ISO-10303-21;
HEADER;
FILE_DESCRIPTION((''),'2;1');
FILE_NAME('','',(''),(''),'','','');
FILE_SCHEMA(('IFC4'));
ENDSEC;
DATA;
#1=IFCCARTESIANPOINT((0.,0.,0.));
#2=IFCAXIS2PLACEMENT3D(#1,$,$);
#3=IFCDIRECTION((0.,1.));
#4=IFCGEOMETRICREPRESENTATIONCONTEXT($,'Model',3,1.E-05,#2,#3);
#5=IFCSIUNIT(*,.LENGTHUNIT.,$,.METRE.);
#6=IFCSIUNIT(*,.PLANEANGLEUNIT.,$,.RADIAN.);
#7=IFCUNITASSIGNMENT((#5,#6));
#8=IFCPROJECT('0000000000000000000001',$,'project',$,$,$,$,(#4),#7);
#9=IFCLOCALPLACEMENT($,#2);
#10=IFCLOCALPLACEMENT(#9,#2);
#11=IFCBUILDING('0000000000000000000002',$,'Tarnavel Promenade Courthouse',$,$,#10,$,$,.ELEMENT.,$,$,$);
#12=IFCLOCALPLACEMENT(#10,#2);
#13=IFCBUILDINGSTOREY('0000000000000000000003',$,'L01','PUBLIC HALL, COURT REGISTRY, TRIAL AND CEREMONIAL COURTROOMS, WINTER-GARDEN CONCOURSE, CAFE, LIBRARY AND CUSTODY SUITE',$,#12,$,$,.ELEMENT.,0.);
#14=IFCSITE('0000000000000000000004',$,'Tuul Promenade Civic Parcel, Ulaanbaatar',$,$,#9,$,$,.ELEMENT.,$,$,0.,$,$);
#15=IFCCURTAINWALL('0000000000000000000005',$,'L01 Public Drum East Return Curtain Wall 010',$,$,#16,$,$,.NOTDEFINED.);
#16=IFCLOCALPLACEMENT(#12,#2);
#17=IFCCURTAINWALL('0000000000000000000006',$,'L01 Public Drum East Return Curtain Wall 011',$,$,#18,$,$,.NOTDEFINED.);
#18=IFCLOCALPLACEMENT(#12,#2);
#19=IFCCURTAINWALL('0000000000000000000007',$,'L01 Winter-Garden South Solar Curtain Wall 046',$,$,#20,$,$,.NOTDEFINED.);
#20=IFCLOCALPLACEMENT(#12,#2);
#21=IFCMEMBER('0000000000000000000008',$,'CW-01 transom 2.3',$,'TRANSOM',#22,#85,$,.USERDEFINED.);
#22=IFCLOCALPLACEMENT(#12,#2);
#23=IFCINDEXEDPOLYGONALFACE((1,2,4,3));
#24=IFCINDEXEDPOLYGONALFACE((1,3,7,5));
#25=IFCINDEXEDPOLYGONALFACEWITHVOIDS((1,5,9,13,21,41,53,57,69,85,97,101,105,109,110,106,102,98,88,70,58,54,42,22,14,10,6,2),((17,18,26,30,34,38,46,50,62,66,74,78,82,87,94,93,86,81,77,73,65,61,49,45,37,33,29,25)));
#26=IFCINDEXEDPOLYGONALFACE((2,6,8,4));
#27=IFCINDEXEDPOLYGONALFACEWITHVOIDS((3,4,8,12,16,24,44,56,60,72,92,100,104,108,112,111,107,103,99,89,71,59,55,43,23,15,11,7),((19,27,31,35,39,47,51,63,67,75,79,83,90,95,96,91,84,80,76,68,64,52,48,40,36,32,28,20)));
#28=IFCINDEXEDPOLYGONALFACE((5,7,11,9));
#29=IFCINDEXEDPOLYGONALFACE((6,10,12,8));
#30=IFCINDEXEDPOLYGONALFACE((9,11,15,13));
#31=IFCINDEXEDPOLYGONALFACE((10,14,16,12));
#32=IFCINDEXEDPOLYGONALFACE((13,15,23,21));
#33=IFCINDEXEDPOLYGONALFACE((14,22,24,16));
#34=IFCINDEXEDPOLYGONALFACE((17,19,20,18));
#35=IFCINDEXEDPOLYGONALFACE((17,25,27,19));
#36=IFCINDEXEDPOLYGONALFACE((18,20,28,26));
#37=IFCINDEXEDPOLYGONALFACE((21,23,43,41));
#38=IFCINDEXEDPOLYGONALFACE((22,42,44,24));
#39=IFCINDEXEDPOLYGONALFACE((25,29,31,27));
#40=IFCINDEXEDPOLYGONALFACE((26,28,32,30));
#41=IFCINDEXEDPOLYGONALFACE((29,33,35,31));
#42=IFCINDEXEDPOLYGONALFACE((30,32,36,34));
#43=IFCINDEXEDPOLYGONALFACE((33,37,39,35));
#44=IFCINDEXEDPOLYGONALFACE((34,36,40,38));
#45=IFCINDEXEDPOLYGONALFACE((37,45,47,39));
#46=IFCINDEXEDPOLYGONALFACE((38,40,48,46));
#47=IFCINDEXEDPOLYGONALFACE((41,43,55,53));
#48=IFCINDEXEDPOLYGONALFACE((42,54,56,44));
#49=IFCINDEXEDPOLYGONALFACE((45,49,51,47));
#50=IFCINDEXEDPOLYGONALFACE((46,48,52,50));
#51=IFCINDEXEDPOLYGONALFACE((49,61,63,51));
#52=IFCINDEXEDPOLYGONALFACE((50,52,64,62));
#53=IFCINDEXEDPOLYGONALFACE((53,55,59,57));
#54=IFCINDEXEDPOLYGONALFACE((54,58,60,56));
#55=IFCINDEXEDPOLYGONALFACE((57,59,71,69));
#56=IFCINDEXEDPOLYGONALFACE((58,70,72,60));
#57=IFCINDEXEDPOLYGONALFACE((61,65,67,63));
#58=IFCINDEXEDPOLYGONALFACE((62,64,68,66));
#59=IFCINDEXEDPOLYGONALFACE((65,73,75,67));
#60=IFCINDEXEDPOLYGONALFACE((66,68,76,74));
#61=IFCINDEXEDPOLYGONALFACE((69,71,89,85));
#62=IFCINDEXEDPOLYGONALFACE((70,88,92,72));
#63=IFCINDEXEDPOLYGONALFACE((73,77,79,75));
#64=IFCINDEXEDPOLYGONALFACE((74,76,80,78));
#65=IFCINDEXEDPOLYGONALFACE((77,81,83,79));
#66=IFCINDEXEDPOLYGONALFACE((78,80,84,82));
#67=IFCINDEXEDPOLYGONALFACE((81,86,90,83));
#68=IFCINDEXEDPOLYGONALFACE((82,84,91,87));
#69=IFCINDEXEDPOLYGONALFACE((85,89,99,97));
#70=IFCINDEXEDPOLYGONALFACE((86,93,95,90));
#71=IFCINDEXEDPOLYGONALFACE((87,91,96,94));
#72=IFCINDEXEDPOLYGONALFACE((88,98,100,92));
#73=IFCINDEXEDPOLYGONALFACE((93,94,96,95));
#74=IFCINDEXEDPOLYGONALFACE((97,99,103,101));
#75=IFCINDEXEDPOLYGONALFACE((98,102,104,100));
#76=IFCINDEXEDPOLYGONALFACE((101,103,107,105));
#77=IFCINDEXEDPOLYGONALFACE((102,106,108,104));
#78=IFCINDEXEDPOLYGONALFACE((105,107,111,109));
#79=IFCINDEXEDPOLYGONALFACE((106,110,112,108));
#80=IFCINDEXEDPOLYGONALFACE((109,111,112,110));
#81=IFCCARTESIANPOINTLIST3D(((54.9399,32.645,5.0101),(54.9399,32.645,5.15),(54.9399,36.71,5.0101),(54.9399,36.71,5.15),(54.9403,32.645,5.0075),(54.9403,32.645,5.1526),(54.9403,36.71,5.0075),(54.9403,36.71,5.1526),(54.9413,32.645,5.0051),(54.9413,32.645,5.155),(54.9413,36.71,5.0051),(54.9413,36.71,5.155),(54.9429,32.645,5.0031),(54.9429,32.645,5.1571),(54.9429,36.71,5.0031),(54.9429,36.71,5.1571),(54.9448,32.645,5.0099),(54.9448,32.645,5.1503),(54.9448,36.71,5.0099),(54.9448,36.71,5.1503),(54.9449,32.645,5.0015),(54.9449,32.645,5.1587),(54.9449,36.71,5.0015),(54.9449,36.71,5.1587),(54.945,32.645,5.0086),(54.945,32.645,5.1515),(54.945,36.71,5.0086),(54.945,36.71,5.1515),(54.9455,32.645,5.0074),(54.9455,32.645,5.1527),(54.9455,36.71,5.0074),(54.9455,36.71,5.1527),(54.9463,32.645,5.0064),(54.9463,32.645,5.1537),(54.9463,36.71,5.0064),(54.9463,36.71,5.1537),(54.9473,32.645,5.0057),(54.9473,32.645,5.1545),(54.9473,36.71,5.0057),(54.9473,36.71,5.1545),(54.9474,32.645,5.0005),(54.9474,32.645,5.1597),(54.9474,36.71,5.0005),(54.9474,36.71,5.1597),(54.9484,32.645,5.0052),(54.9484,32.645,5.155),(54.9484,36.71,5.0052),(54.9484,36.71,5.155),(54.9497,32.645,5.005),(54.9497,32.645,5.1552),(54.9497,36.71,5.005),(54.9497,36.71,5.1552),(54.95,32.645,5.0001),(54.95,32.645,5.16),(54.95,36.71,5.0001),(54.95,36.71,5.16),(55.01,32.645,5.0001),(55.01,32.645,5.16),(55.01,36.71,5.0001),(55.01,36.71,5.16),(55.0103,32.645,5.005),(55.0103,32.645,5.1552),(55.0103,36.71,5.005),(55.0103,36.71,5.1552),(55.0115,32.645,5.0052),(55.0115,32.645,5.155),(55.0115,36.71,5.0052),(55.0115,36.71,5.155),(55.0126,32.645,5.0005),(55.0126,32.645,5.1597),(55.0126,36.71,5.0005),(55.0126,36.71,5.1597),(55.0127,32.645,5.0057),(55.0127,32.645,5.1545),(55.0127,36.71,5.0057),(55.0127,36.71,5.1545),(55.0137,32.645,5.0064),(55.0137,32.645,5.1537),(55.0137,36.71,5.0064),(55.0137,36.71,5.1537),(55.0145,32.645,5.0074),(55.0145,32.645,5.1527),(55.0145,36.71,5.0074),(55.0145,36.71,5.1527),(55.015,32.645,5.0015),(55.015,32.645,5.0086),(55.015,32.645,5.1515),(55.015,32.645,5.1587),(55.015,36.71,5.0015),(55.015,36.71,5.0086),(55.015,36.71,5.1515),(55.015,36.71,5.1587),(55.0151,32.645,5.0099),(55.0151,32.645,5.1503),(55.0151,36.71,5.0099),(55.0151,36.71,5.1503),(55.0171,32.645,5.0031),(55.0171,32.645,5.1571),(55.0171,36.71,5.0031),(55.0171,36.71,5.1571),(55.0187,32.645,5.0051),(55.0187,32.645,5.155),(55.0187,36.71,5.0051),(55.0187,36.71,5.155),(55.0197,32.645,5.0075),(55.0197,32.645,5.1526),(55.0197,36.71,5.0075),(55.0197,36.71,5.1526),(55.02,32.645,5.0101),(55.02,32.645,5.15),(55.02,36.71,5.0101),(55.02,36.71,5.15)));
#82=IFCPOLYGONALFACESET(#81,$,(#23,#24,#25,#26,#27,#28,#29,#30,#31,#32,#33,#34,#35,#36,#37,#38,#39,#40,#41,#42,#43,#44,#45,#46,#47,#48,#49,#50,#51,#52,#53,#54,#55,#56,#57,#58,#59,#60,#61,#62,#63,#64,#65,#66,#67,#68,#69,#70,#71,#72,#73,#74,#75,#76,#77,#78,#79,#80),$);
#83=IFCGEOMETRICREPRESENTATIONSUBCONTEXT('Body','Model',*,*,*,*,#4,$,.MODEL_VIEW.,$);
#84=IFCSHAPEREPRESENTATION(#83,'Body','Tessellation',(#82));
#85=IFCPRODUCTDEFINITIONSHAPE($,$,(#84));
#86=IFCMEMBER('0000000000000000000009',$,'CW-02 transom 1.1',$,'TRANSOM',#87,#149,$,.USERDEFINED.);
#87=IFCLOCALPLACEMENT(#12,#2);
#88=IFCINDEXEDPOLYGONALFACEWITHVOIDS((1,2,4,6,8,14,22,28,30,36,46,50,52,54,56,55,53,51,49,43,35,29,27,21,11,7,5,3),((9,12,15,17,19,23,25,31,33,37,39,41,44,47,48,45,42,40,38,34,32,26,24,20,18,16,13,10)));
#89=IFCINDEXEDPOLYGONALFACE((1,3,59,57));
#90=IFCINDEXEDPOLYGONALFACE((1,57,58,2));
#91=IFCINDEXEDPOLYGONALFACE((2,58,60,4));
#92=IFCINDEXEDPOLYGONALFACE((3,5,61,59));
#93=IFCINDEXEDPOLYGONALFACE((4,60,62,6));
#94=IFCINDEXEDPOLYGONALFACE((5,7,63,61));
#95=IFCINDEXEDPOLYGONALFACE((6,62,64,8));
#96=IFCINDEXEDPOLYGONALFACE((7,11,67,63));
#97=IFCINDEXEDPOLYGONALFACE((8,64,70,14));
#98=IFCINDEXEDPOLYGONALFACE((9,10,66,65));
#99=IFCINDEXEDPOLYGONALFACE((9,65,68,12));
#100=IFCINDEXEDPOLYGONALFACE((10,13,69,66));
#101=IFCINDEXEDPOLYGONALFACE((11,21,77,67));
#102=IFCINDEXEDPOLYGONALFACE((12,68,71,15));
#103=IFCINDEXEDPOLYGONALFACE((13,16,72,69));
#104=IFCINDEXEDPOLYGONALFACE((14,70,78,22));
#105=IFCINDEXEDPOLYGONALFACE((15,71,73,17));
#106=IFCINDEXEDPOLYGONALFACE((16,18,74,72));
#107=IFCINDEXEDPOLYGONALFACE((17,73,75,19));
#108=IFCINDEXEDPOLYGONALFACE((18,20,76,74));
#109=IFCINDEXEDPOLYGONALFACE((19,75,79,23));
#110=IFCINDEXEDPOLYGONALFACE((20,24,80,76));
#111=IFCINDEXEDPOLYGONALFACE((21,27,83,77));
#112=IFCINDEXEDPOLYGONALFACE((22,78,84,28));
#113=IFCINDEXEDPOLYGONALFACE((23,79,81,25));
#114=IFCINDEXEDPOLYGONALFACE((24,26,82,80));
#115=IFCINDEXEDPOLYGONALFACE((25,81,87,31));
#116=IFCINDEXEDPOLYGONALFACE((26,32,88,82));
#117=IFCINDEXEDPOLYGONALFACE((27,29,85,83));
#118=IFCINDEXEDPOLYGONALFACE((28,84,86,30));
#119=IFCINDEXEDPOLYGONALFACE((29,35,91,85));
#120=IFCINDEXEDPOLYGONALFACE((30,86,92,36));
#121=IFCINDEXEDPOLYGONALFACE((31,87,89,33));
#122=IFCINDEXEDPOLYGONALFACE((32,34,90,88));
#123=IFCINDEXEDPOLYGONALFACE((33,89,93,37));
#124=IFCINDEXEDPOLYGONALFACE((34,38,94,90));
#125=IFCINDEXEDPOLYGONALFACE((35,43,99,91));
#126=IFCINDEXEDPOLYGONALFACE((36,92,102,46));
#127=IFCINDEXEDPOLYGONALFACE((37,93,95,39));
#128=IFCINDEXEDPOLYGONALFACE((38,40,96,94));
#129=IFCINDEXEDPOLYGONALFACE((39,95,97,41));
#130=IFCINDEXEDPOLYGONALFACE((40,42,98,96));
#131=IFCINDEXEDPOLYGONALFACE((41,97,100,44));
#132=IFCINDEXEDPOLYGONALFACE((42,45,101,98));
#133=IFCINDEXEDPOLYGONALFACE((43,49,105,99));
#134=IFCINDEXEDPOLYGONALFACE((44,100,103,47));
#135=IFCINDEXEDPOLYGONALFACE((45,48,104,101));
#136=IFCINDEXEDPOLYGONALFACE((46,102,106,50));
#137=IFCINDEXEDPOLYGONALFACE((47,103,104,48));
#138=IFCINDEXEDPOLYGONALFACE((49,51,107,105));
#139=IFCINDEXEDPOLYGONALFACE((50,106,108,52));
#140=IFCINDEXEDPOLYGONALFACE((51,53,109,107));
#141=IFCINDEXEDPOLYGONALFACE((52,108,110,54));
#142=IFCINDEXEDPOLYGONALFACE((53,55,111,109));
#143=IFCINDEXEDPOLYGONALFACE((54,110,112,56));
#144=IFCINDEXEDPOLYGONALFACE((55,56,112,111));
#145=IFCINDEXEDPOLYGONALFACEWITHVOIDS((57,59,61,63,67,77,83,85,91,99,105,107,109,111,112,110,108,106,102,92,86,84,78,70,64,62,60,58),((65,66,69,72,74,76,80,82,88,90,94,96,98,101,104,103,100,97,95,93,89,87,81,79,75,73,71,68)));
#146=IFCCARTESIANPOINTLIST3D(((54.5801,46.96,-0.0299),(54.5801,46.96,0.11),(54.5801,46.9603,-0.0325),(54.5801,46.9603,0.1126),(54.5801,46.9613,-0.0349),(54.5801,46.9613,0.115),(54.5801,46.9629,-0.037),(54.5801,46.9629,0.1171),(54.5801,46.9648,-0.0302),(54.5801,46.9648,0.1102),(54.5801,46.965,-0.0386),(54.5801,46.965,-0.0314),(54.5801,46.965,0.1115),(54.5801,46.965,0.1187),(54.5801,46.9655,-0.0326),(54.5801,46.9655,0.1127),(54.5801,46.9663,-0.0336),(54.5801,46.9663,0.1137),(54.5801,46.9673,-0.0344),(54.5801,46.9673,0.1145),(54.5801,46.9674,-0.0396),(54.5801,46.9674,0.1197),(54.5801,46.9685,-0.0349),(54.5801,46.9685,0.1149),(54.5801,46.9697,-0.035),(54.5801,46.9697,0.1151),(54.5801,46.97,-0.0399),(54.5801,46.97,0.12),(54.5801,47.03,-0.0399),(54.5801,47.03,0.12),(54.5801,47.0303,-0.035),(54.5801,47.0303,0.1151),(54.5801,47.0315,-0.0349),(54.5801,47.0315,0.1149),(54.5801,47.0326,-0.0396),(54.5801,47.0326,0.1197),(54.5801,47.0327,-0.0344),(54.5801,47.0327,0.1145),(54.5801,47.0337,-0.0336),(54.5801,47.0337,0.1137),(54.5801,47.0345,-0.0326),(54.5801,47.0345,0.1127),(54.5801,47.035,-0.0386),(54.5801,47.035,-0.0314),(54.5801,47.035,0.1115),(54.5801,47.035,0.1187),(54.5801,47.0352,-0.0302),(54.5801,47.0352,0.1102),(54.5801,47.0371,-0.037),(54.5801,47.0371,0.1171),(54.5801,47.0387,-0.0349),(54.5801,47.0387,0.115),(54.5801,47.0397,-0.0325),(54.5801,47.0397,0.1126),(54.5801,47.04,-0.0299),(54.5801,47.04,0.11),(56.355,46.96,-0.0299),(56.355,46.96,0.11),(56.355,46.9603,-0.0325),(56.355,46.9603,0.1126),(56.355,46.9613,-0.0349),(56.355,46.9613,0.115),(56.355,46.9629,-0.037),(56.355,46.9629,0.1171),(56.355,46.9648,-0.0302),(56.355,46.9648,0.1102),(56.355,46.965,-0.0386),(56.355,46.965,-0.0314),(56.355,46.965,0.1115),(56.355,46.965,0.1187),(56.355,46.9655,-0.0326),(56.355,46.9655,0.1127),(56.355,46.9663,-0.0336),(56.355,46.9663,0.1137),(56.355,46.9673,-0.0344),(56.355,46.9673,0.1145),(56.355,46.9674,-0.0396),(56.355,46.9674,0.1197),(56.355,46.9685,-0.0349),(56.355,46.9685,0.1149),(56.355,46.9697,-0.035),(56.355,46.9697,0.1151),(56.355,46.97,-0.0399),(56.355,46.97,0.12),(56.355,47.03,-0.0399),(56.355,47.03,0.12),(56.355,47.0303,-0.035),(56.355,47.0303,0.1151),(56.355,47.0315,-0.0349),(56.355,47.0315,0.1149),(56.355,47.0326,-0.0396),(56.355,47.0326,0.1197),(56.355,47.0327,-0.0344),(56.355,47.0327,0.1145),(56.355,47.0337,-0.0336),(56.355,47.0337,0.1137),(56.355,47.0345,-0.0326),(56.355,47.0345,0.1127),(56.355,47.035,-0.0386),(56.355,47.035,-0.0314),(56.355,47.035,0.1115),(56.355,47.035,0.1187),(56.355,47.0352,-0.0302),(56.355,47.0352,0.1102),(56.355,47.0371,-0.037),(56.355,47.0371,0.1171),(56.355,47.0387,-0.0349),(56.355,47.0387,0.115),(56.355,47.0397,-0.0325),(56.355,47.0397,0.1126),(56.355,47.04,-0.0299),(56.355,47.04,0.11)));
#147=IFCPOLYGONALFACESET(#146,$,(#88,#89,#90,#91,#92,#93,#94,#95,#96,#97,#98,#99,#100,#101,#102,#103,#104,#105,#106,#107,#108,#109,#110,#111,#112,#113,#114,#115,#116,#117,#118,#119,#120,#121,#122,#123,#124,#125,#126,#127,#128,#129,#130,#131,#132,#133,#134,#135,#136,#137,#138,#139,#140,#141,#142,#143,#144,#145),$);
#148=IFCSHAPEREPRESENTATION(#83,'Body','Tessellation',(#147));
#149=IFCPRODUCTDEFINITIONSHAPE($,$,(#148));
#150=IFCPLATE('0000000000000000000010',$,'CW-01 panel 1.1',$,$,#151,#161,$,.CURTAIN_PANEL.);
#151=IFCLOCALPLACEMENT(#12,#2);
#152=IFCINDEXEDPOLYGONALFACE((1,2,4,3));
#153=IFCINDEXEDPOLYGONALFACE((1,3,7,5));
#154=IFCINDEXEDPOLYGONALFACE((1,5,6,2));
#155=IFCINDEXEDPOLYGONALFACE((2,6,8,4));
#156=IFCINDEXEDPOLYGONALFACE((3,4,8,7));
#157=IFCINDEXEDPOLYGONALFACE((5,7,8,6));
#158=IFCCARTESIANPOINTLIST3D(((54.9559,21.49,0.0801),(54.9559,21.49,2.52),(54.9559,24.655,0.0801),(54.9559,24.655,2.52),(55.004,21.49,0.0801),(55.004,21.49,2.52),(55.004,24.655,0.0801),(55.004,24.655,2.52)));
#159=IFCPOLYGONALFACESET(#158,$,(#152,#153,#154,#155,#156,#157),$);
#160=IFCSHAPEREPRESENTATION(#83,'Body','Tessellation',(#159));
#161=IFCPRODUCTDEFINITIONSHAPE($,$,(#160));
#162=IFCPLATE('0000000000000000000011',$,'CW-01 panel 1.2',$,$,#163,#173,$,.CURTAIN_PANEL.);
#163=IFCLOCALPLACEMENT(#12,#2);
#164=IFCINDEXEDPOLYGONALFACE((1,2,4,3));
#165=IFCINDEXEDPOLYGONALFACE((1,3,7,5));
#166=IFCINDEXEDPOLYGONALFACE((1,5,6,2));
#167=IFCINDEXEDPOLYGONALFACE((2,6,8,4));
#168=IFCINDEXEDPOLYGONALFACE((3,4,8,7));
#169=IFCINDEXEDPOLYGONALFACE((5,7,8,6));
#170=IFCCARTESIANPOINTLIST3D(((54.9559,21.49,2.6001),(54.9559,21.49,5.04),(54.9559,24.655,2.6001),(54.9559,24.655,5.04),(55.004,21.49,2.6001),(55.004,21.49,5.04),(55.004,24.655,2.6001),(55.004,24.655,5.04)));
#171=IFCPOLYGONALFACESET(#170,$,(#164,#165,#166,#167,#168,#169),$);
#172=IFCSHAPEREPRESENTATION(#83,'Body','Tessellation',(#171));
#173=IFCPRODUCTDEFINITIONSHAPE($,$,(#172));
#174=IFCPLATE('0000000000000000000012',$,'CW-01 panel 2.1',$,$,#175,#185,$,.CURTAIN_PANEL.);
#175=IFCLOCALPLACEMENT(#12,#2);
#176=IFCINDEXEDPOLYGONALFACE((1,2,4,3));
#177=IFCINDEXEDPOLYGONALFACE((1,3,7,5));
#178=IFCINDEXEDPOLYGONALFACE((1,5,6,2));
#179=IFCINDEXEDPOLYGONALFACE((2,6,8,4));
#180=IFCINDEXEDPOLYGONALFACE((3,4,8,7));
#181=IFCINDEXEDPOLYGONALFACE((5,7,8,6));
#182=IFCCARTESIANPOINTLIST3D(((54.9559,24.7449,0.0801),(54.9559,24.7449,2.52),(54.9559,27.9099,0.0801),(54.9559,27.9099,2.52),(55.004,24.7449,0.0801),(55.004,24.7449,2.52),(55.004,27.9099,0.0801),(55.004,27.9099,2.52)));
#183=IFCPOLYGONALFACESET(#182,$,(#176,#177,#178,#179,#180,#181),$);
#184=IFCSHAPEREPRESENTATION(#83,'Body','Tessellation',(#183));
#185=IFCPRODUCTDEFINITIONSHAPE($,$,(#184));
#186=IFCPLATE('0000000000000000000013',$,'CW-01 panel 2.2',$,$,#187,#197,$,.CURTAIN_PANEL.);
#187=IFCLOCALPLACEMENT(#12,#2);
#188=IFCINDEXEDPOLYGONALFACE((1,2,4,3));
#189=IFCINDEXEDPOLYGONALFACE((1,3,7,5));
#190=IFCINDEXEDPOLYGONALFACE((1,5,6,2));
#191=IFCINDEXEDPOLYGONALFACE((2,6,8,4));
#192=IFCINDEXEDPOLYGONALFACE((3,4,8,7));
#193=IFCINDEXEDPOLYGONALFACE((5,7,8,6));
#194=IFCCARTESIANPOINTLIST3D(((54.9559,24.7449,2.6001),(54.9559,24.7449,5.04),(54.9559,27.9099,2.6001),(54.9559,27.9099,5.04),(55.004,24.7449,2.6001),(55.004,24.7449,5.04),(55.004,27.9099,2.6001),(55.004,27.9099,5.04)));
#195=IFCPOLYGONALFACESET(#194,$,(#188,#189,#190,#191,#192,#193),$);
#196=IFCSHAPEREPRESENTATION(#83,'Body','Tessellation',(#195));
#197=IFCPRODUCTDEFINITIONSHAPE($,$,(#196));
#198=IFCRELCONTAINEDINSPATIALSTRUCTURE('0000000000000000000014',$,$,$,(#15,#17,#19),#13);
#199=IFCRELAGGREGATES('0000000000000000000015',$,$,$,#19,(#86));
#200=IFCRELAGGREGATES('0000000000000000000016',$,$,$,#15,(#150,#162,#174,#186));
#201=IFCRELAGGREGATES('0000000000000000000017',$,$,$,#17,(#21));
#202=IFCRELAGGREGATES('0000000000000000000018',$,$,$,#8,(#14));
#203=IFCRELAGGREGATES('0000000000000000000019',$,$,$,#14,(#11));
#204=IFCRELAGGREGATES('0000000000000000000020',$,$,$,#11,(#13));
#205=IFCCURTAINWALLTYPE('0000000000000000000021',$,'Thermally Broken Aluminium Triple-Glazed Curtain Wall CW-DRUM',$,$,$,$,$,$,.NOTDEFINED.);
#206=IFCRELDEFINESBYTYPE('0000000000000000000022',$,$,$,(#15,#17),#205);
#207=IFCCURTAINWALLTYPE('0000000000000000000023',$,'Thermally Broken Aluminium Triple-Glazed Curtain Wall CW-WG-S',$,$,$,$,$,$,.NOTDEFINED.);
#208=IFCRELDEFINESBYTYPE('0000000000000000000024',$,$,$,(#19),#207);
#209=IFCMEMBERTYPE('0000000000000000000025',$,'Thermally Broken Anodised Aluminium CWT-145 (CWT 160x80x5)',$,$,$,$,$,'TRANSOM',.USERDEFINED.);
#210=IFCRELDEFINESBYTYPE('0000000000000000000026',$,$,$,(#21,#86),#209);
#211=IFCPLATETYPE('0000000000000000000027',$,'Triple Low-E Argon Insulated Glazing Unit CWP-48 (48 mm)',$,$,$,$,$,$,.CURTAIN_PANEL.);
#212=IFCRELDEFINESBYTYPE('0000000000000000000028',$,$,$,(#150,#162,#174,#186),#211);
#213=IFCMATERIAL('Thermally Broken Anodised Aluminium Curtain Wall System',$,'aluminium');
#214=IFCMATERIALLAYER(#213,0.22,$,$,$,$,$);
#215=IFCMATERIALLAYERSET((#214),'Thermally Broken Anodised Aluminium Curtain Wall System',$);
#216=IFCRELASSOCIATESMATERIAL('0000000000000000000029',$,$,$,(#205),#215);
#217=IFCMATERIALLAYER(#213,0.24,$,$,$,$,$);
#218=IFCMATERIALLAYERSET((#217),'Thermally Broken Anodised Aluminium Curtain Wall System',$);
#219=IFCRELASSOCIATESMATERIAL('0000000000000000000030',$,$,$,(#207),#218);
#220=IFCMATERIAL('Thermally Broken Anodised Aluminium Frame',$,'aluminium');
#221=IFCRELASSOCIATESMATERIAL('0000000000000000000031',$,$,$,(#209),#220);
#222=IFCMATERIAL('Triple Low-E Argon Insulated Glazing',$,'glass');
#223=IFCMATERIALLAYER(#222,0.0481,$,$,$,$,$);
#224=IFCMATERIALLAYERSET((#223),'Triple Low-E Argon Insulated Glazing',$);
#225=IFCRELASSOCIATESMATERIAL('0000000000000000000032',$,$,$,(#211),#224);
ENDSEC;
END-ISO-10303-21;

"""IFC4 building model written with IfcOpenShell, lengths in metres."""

from ifc_helpers import new_model, si_unit, direction, frame, origin, origin_2d, place, context, subcontext, project, spatial, rectangle, hollow_rectangle, extrude, material, layer, layer_set, material_profile, profile_set, type_object, element, aggregate, save


model = new_model("IFC4")

# Units and contexts
model_context = context("Model", 3, precision=1e-05, world=origin(), true_north=direction((0.0, 1.0)))
body_context = subcontext(model_context, "Body", "Model", "MODEL_VIEW")
ifc_project = project(units=[si_unit("LENGTHUNIT", "METRE"), si_unit("PLANEANGLEUNIT", "RADIAN")], contexts=[model_context])

# Site, building, storey
site_placement = place(None, origin())
site = spatial("IfcSite", under=ifc_project, at=site_placement, Name="Tuul Promenade Civic Parcel, Ulaanbaatar", CompositionType="ELEMENT", RefElevation=0.0)
building_placement = place(site_placement, origin())
building = spatial("IfcBuilding", under=site, at=building_placement, Name="Tarnavel Promenade Courthouse", CompositionType="ELEMENT")
storey_placement = place(building_placement, origin())
storey = spatial("IfcBuildingStorey", under=building, at=storey_placement, Name="L01", Description="PUBLIC HALL, COURT REGISTRY, TRIAL AND CEREMONIAL COURTROOMS, WINTER-GARDEN CONCOURSE, CAFE, LIBRARY AND CUSTODY SUITE", CompositionType="ELEMENT", Elevation=0.0)

# Curtain walls
ifc_material_1 = material(Name="Thermally Broken Anodised Aluminium Curtain Wall System", Category="aluminium")
ifc_layer_1 = layer(ifc_material_1, 0.22)
ifc_layer_set_1 = layer_set([ifc_layer_1], Name="Thermally Broken Anodised Aluminium Curtain Wall System")
curtain_wall_type_1 = type_object("IfcCurtainWallType", Name="Thermally Broken Aluminium Triple-Glazed Curtain Wall CW-DRUM", PredefinedType="NOTDEFINED", material=ifc_layer_set_1)
curtain_wall_1_placement = place(storey_placement, origin())
curtain_wall_1 = element("IfcCurtainWall", 1, at=curtain_wall_1_placement, inside=storey, type_object=curtain_wall_type_1, Name="L01 Public Drum East Return Curtain Wall 010", PredefinedType="NOTDEFINED")
ifc_material_2 = material(Name="Thermally Broken Anodised Aluminium Frame", Category="aluminium")
curtain_wall_2_placement = place(storey_placement, origin())
curtain_wall_2 = element("IfcCurtainWall", 2, at=curtain_wall_2_placement, inside=storey, type_object=curtain_wall_type_1, Name="L01 Public Drum East Return Curtain Wall 011", PredefinedType="NOTDEFINED")

# Curtain wall
ifc_layer_2 = layer(ifc_material_1, 0.24)
ifc_layer_set_2 = layer_set([ifc_layer_2], Name="Thermally Broken Anodised Aluminium Curtain Wall System")
curtain_wall_type_2 = type_object("IfcCurtainWallType", Name="Thermally Broken Aluminium Triple-Glazed Curtain Wall CW-WG-S", PredefinedType="NOTDEFINED", material=ifc_layer_set_2)
curtain_wall_3_placement = place(storey_placement, origin())
curtain_wall_3 = element("IfcCurtainWall", 3, at=curtain_wall_3_placement, inside=storey, type_object=curtain_wall_type_2, Name="L01 Winter-Garden South Solar Curtain Wall 046", PredefinedType="NOTDEFINED")

# Members
ifc_material_profile_1 = material_profile(ifc_material_2, hollow_rectangle(XDim=0.0801, YDim=0.1599, WallThickness=0.0049, InnerFilletRadius=0.0049, OuterFilletRadius=0.01, at=origin_2d()), Name="CWT 160x80x5")
ifc_profile_set_1 = profile_set([ifc_material_profile_1], Name="Thermally Broken Anodised Aluminium Frame")
member_type_1 = type_object("IfcMemberType", Name="Thermally Broken Anodised Aluminium CWT-145 (CWT 160x80x5)", ElementType="TRANSOM", PredefinedType="USERDEFINED", material=ifc_profile_set_1)
member_1_placement = place(storey_placement, frame((54.98, 32.645, 5.0801), z_axis=(0.0, 1.0, 0.0), x_axis=(-1.0, 0.0, 0.0)))
member_1 = element("IfcMember", 4, at=member_1_placement, type_object=member_type_1, Name="CW-01 transom 2.3", ObjectType="TRANSOM", PredefinedType="USERDEFINED", context=body_context, shape_type="SweptSolid", body=[
    extrude(hollow_rectangle(XDim=0.0801, YDim=0.1599, WallThickness=0.0049, InnerFilletRadius=0.0049, OuterFilletRadius=0.01, at=origin_2d()), origin(), (0.0, 0.0, 1.0), 4.0649),
])
member_2_placement = place(storey_placement, frame((54.5801, 47.0, 0.04), z_axis=(1.0, 0.0, 0.0), x_axis=(0.0, 1.0, 0.0)))
member_2 = element("IfcMember", 5, at=member_2_placement, type_object=member_type_1, Name="CW-02 transom 1.1", ObjectType="TRANSOM", PredefinedType="USERDEFINED", context=body_context, shape_type="SweptSolid", body=[
    extrude(hollow_rectangle(XDim=0.0801, YDim=0.1599, WallThickness=0.0049, InnerFilletRadius=0.0049, OuterFilletRadius=0.01, at=origin_2d()), origin(), (0.0, 0.0, 1.0), 1.7749),
])
aggregate(curtain_wall_3, [member_2])

# Plates
ifc_material_3 = material(Name="Triple Low-E Argon Insulated Glazing", Category="glass")
ifc_layer_3 = layer(ifc_material_3, 0.0481)
ifc_layer_set_3 = layer_set([ifc_layer_3], Name="Triple Low-E Argon Insulated Glazing")
plate_type_1 = type_object("IfcPlateType", Name="Triple Low-E Argon Insulated Glazing Unit CWP-48 (48 mm)", PredefinedType="CURTAIN_PANEL", material=ifc_layer_set_3)
plate_1_placement = place(storey_placement, frame((54.98, 23.0725, 0.0801), z_axis=(0.0, 0.0, 1.0), x_axis=(0.0, 1.0, 0.0)))
plate_1 = element("IfcPlate", 6, at=plate_1_placement, type_object=plate_type_1, Name="CW-01 panel 1.1", PredefinedType="CURTAIN_PANEL", context=body_context, shape_type="SweptSolid", body=[
    extrude(rectangle(XDim=3.165, YDim=0.0481, at=origin_2d()), origin(), (0.0, 0.0, 1.0), 2.4399),
])
plate_2_placement = place(storey_placement, frame((54.98, 23.0725, 2.6001), z_axis=(0.0, 0.0, 1.0), x_axis=(0.0, 1.0, 0.0)))
plate_2 = element("IfcPlate", 7, at=plate_2_placement, type_object=plate_type_1, Name="CW-01 panel 1.2", PredefinedType="CURTAIN_PANEL", context=body_context, shape_type="SweptSolid", body=[
    extrude(rectangle(XDim=3.165, YDim=0.0481, at=origin_2d()), origin(), (0.0, 0.0, 1.0), 2.4399),
])
plate_3_placement = place(storey_placement, frame((54.98, 26.3274, 0.0801), z_axis=(0.0, 0.0, 1.0), x_axis=(0.0, 1.0, 0.0)))
plate_3 = element("IfcPlate", 8, at=plate_3_placement, type_object=plate_type_1, Name="CW-01 panel 2.1", PredefinedType="CURTAIN_PANEL", context=body_context, shape_type="SweptSolid", body=[
    extrude(rectangle(XDim=3.165, YDim=0.0481, at=origin_2d()), origin(), (0.0, 0.0, 1.0), 2.4399),
])
plate_4_placement = place(storey_placement, frame((54.98, 26.3274, 2.6001), z_axis=(0.0, 0.0, 1.0), x_axis=(0.0, 1.0, 0.0)))
plate_4 = element("IfcPlate", 9, at=plate_4_placement, type_object=plate_type_1, Name="CW-01 panel 2.2", PredefinedType="CURTAIN_PANEL", context=body_context, shape_type="SweptSolid", body=[
    extrude(rectangle(XDim=3.165, YDim=0.0481, at=origin_2d()), origin(), (0.0, 0.0, 1.0), 2.4399),
])
aggregate(curtain_wall_1, [plate_1, plate_2, plate_3, plate_4])
aggregate(curtain_wall_2, [member_1])

save(model, "model.ifc")
